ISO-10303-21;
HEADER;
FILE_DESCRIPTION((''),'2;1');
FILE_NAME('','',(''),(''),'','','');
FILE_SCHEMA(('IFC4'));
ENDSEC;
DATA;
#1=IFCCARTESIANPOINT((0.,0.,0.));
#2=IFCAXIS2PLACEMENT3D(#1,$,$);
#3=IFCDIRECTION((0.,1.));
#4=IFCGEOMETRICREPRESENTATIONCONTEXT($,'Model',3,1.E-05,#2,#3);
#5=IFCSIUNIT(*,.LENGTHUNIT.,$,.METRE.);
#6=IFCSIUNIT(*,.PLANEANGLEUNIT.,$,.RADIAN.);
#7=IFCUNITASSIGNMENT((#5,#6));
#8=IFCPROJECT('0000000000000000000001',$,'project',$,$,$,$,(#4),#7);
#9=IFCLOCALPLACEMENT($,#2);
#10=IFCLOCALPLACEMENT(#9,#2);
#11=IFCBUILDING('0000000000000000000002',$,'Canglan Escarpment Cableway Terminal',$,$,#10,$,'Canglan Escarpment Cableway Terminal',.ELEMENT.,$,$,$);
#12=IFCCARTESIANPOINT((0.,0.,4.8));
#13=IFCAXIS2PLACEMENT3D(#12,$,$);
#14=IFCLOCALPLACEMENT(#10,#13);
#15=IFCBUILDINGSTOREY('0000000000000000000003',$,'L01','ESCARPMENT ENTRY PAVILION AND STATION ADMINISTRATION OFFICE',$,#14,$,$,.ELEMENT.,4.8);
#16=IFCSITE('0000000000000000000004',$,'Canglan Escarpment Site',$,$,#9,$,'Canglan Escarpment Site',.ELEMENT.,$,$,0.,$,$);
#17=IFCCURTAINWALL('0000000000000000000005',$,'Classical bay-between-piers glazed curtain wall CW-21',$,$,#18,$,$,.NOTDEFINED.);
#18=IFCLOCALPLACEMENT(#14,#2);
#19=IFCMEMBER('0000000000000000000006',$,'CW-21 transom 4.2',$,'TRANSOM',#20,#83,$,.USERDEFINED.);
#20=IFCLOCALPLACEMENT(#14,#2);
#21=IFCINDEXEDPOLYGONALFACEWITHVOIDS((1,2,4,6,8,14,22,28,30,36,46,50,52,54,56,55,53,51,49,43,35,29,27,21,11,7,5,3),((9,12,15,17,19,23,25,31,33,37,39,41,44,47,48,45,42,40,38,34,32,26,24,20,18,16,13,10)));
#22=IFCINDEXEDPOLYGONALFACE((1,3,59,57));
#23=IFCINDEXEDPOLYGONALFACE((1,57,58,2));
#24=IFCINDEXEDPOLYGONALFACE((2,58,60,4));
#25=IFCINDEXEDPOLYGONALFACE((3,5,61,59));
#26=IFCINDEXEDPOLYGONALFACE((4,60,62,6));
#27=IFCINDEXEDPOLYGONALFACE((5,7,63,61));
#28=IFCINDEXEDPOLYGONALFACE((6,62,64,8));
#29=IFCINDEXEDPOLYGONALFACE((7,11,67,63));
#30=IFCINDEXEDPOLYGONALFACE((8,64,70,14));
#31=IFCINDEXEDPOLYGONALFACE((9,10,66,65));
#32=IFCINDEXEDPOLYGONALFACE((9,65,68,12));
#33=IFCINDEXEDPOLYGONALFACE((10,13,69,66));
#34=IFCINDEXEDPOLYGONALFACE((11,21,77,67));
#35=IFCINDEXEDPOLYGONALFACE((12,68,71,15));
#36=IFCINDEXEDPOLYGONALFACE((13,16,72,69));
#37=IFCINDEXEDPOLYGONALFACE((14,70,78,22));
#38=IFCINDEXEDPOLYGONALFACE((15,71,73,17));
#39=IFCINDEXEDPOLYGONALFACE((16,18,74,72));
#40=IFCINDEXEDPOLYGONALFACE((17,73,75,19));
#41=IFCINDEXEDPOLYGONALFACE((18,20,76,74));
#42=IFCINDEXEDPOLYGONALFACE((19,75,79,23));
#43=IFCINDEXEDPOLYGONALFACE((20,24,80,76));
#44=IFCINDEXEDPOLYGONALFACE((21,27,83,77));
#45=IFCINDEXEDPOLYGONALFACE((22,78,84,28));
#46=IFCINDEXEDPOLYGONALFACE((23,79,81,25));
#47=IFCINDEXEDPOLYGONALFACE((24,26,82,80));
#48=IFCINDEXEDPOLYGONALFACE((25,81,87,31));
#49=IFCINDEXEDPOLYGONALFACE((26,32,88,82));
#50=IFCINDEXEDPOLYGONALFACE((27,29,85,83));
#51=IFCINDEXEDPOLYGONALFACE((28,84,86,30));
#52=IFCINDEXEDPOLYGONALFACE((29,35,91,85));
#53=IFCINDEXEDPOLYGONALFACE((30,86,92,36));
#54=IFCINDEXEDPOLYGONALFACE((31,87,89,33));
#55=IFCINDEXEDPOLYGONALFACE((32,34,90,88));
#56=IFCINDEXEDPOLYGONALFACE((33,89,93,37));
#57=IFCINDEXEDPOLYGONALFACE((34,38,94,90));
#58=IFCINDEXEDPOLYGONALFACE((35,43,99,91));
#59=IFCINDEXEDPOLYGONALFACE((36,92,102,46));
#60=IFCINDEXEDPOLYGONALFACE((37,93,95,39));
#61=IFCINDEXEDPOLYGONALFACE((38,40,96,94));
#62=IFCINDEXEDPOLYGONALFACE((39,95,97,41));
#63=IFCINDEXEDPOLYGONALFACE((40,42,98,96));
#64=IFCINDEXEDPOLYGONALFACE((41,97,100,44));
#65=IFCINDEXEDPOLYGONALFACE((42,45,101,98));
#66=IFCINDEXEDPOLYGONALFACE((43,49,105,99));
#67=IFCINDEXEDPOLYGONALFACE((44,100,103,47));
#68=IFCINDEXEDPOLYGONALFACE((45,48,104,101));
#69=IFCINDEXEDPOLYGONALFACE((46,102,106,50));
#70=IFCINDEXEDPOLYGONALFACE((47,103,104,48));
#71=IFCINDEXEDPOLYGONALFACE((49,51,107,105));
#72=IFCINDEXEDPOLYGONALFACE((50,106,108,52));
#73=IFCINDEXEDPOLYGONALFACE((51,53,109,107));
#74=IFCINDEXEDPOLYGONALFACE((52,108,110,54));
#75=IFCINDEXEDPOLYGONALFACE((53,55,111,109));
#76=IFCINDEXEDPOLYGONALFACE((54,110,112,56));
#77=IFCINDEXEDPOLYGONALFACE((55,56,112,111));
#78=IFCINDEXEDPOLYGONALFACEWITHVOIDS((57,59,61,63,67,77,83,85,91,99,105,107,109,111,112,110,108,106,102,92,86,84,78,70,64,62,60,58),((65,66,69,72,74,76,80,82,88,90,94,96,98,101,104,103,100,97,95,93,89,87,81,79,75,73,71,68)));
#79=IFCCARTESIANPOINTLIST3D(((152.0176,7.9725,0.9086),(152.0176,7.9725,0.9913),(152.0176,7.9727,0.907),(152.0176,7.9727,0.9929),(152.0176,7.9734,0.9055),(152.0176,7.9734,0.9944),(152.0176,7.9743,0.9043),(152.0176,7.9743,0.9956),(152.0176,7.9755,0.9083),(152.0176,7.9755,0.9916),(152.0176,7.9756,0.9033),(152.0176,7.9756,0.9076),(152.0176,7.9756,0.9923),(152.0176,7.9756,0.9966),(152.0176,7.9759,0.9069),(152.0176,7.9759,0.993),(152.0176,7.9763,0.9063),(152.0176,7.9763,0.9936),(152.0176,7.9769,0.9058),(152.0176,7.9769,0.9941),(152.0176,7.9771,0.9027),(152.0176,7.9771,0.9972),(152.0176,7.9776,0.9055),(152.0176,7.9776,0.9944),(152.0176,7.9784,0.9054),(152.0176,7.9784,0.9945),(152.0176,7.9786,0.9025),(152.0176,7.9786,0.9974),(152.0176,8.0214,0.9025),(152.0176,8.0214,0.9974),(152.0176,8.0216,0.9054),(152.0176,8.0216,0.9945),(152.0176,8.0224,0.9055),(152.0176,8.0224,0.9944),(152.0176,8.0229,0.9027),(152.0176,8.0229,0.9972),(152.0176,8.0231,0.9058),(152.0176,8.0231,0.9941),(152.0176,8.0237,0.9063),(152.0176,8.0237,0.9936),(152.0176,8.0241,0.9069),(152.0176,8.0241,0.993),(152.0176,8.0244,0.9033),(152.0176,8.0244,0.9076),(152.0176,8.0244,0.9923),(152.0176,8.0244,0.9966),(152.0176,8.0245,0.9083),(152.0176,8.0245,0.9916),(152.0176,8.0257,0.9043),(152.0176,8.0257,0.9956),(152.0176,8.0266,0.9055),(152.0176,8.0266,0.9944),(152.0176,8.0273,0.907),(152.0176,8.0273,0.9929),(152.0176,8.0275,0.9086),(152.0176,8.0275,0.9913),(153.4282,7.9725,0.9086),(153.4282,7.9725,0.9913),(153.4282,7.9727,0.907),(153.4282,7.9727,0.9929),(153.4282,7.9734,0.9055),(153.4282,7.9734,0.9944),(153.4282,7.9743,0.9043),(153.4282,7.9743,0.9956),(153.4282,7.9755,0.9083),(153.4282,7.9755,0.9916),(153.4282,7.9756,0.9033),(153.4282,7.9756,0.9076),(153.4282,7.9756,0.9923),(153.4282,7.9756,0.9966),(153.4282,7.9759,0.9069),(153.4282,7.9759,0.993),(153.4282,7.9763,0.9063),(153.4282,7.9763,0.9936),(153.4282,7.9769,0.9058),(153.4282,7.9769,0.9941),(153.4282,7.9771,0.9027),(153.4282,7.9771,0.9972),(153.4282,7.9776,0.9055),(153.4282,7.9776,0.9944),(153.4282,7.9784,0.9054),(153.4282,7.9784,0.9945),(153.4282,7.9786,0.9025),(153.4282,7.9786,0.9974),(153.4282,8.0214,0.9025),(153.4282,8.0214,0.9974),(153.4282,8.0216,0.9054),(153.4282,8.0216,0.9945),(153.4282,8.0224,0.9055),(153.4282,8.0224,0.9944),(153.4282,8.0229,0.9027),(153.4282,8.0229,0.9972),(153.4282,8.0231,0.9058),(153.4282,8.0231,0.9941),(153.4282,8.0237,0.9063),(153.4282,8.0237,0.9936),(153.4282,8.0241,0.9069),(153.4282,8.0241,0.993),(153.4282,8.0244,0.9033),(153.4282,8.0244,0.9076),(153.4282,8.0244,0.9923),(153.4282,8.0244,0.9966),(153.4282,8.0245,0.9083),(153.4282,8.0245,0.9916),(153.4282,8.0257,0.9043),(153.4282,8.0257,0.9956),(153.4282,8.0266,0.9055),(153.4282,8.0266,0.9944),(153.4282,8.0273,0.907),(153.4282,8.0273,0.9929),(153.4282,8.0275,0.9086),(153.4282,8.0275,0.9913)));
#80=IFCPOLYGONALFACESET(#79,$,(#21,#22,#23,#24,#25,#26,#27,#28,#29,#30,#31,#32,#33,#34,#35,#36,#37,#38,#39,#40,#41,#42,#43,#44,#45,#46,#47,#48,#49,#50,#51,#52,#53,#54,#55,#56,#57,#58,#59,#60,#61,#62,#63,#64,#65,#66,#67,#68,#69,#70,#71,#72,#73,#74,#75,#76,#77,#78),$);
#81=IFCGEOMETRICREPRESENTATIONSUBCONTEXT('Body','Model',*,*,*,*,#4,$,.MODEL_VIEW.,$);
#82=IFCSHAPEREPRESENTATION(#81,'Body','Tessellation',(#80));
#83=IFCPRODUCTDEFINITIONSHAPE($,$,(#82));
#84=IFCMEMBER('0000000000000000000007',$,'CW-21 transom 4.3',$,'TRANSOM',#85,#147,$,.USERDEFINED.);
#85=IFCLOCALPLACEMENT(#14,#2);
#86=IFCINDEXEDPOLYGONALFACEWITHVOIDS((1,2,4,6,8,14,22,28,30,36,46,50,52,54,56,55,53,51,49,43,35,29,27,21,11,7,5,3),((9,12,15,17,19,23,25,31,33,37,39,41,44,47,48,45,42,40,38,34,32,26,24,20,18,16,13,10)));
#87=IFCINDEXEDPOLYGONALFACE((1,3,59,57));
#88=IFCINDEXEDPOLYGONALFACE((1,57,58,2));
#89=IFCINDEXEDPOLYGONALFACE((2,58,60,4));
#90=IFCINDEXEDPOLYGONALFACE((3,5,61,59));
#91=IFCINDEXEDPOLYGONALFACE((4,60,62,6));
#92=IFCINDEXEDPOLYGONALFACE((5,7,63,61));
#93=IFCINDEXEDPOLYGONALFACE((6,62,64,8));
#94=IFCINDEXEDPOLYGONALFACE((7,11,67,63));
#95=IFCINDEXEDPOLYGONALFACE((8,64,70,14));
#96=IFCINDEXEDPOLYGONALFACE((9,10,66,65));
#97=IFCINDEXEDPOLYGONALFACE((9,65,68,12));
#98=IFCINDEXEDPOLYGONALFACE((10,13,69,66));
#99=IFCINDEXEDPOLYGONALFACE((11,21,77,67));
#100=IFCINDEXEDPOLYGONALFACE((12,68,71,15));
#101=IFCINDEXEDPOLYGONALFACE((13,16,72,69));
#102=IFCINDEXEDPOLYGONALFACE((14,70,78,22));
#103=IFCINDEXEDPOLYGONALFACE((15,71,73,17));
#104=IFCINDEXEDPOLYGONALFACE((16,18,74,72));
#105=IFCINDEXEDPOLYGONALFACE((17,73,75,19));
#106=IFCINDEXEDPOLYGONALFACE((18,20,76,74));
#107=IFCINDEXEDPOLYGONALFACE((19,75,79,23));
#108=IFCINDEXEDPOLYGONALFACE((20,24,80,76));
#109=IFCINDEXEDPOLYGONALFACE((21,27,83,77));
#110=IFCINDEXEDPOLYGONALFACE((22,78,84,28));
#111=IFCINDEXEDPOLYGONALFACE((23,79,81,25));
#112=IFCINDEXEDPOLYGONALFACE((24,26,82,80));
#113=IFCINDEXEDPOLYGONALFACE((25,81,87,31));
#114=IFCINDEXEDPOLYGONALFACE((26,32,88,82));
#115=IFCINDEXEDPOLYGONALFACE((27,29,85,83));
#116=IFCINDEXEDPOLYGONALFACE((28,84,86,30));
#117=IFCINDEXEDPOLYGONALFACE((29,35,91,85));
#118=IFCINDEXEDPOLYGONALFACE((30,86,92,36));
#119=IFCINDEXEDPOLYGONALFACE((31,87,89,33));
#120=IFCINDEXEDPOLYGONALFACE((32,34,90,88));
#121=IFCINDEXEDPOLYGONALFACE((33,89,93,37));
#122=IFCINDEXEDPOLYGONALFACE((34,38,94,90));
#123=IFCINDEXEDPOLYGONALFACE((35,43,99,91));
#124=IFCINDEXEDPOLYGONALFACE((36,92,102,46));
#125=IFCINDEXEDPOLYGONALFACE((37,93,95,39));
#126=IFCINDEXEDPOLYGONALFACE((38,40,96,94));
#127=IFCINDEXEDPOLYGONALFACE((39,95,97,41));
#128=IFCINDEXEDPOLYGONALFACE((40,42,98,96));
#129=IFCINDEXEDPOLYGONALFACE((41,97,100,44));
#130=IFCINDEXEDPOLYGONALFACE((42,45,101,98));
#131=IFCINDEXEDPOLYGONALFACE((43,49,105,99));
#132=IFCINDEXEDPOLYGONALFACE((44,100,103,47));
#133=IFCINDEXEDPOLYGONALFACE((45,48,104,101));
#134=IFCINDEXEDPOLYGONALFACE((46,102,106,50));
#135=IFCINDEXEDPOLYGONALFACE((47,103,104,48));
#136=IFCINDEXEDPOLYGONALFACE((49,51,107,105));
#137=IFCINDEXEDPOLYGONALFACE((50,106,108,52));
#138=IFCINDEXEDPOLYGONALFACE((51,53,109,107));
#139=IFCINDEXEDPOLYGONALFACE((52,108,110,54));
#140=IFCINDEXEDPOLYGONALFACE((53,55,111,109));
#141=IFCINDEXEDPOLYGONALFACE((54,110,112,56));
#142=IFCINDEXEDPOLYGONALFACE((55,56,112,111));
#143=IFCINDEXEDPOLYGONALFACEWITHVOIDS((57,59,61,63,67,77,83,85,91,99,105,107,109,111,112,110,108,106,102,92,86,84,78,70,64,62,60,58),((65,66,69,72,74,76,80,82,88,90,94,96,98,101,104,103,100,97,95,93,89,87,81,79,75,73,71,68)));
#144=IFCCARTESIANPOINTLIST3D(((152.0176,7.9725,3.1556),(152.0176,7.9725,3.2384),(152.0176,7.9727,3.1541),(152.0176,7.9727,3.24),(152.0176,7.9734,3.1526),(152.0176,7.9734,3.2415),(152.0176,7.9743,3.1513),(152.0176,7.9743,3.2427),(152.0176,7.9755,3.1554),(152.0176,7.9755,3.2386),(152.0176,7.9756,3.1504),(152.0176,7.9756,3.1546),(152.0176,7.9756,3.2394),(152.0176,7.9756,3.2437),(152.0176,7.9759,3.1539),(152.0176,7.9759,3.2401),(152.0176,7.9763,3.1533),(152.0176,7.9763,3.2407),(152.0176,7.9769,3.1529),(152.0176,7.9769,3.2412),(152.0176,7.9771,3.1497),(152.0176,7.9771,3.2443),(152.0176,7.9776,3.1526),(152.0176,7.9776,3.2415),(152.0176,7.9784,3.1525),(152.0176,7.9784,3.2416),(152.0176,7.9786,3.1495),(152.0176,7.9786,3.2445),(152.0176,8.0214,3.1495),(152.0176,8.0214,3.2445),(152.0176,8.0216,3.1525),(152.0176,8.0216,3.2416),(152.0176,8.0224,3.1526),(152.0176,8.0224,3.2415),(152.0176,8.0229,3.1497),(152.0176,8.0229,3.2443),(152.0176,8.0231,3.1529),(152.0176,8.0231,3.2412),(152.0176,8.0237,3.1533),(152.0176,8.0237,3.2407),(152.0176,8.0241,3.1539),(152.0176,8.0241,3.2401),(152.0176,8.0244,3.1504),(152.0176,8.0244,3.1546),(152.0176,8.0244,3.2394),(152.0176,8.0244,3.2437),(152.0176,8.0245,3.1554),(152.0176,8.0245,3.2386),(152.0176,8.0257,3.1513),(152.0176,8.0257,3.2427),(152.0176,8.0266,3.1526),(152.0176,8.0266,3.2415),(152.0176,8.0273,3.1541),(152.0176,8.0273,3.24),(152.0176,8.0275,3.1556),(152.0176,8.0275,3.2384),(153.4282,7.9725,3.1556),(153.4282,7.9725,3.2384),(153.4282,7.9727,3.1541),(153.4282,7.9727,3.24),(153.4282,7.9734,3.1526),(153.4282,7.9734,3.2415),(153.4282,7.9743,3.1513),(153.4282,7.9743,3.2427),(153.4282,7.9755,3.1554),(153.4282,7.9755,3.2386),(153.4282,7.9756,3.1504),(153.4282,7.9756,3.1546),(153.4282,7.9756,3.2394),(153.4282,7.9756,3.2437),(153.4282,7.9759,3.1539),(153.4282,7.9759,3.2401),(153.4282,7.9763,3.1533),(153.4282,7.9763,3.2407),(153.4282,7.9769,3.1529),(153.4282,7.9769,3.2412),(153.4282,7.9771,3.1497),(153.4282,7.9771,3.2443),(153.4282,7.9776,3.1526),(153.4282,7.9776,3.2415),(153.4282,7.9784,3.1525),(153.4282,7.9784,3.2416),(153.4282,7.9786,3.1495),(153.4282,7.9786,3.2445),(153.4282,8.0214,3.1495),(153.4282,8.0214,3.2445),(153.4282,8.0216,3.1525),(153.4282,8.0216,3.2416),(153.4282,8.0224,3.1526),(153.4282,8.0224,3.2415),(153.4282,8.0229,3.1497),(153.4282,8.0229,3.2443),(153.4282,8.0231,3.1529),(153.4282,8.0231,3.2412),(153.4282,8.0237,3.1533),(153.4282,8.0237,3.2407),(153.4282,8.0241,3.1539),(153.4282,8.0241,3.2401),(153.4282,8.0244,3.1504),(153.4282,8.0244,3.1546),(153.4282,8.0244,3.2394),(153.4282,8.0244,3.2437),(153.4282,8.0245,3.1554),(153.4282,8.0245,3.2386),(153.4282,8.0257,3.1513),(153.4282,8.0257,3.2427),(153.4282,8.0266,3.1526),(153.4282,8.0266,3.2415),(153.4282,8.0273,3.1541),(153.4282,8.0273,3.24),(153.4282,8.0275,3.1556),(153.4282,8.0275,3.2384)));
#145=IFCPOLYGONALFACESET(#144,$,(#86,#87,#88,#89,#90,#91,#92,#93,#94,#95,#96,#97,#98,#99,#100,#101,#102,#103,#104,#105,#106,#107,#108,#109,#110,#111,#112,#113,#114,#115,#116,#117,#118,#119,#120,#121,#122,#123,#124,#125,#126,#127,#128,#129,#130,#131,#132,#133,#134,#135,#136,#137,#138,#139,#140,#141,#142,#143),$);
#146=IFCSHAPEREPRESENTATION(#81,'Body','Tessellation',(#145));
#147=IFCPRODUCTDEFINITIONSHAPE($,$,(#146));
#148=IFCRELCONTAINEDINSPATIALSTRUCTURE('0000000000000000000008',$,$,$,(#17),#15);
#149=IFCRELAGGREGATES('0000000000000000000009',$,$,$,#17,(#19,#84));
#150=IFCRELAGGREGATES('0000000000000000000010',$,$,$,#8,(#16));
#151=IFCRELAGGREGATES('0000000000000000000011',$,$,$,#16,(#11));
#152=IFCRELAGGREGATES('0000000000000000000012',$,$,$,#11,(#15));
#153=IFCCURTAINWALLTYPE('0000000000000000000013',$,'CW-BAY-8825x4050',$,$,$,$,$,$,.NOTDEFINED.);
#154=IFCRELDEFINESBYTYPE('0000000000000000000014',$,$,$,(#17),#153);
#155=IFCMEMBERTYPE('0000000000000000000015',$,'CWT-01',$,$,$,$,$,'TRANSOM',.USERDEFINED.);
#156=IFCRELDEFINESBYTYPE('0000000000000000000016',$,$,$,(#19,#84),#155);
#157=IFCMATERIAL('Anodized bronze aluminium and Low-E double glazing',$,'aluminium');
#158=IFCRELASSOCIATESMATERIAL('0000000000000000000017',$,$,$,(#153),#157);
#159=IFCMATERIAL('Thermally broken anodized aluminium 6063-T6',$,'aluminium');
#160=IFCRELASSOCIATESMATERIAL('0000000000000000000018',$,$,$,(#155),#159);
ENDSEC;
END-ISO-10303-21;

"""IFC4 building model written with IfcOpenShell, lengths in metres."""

from ifc_helpers import new_model, si_unit, direction, frame, origin, origin_2d, place, context, subcontext, project, spatial, hollow_rectangle, extrude, material, material_profile, profile_set, type_object, element, aggregate, save


model = new_model("IFC4")

# Units and contexts
model_context = context("Model", 3, precision=1e-05, world=origin(), true_north=direction((0.0, 1.0)))
body_context = subcontext(model_context, "Body", "Model", "MODEL_VIEW")
ifc_project = project(units=[si_unit("LENGTHUNIT", "METRE"), si_unit("PLANEANGLEUNIT", "RADIAN")], contexts=[model_context])

# Site, building, storey
site_placement = place(None, origin())
site = spatial("IfcSite", under=ifc_project, at=site_placement, Name="Canglan Escarpment Site", LongName="Canglan Escarpment Site", CompositionType="ELEMENT", RefElevation=0.0)
building_placement = place(site_placement, origin())
building = spatial("IfcBuilding", under=site, at=building_placement, Name="Canglan Escarpment Cableway Terminal", LongName="Canglan Escarpment Cableway Terminal", CompositionType="ELEMENT")
storey_placement = place(building_placement, frame((0.0, 0.0, 4.8)))
storey = spatial("IfcBuildingStorey", under=building, at=storey_placement, Name="L01", Description="ESCARPMENT ENTRY PAVILION AND STATION ADMINISTRATION OFFICE", CompositionType="ELEMENT", Elevation=4.8)

# Curtain wall, members
ifc_material_1 = material(Name="Anodized bronze aluminium and Low-E double glazing", Category="aluminium")
curtain_wall_type = type_object("IfcCurtainWallType", Name="CW-BAY-8825x4050", PredefinedType="NOTDEFINED", material=ifc_material_1)
curtain_wall_placement = place(storey_placement, origin())
curtain_wall = element("IfcCurtainWall", 1, at=curtain_wall_placement, inside=storey, type_object=curtain_wall_type, Name="Classical bay-between-piers glazed curtain wall CW-21", PredefinedType="NOTDEFINED")
ifc_material_2 = material(Name="Thermally broken anodized aluminium 6063-T6", Category="aluminium")
ifc_material_profile_1 = material_profile(ifc_material_2, hollow_rectangle(XDim=0.0549, YDim=0.095, WallThickness=0.0029, InnerFilletRadius=0.0029, OuterFilletRadius=0.0061, at=origin_2d()), Name="ALU-TRAN 55x95x3")
ifc_profile_set_1 = profile_set([ifc_material_profile_1], Name="Thermally broken anodized aluminium 6063-T6")
member_type_1 = type_object("IfcMemberType", Name="CWT-01", ElementType="TRANSOM", PredefinedType="USERDEFINED", material=ifc_profile_set_1)
member_1_placement = place(storey_placement, frame((152.0176, 8.0, 0.95), z_axis=(1.0, 0.0, 0.0), x_axis=(0.0, 1.0, 0.0)))
member_1 = element("IfcMember", 2, at=member_1_placement, type_object=member_type_1, Name="CW-21 transom 4.2", ObjectType="TRANSOM", PredefinedType="USERDEFINED", context=body_context, shape_type="SweptSolid", body=[
    extrude(hollow_rectangle(XDim=0.0549, YDim=0.095, WallThickness=0.0029, InnerFilletRadius=0.0029, OuterFilletRadius=0.0061, at=origin_2d()), origin(), (0.0, 0.0, 1.0), 1.4106),
])
member_2_placement = place(storey_placement, frame((152.0176, 8.0, 3.197), z_axis=(1.0, 0.0, 0.0), x_axis=(0.0, 1.0, 0.0)))
member_2 = element("IfcMember", 3, at=member_2_placement, type_object=member_type_1, Name="CW-21 transom 4.3", ObjectType="TRANSOM", PredefinedType="USERDEFINED", context=body_context, shape_type="SweptSolid", body=[
    extrude(hollow_rectangle(XDim=0.0549, YDim=0.095, WallThickness=0.0029, InnerFilletRadius=0.0029, OuterFilletRadius=0.0061, at=origin_2d()), origin(), (0.0, 0.0, 1.0), 1.4106),
])
aggregate(curtain_wall, [member_1, member_2])

save(model, "model.ifc")
